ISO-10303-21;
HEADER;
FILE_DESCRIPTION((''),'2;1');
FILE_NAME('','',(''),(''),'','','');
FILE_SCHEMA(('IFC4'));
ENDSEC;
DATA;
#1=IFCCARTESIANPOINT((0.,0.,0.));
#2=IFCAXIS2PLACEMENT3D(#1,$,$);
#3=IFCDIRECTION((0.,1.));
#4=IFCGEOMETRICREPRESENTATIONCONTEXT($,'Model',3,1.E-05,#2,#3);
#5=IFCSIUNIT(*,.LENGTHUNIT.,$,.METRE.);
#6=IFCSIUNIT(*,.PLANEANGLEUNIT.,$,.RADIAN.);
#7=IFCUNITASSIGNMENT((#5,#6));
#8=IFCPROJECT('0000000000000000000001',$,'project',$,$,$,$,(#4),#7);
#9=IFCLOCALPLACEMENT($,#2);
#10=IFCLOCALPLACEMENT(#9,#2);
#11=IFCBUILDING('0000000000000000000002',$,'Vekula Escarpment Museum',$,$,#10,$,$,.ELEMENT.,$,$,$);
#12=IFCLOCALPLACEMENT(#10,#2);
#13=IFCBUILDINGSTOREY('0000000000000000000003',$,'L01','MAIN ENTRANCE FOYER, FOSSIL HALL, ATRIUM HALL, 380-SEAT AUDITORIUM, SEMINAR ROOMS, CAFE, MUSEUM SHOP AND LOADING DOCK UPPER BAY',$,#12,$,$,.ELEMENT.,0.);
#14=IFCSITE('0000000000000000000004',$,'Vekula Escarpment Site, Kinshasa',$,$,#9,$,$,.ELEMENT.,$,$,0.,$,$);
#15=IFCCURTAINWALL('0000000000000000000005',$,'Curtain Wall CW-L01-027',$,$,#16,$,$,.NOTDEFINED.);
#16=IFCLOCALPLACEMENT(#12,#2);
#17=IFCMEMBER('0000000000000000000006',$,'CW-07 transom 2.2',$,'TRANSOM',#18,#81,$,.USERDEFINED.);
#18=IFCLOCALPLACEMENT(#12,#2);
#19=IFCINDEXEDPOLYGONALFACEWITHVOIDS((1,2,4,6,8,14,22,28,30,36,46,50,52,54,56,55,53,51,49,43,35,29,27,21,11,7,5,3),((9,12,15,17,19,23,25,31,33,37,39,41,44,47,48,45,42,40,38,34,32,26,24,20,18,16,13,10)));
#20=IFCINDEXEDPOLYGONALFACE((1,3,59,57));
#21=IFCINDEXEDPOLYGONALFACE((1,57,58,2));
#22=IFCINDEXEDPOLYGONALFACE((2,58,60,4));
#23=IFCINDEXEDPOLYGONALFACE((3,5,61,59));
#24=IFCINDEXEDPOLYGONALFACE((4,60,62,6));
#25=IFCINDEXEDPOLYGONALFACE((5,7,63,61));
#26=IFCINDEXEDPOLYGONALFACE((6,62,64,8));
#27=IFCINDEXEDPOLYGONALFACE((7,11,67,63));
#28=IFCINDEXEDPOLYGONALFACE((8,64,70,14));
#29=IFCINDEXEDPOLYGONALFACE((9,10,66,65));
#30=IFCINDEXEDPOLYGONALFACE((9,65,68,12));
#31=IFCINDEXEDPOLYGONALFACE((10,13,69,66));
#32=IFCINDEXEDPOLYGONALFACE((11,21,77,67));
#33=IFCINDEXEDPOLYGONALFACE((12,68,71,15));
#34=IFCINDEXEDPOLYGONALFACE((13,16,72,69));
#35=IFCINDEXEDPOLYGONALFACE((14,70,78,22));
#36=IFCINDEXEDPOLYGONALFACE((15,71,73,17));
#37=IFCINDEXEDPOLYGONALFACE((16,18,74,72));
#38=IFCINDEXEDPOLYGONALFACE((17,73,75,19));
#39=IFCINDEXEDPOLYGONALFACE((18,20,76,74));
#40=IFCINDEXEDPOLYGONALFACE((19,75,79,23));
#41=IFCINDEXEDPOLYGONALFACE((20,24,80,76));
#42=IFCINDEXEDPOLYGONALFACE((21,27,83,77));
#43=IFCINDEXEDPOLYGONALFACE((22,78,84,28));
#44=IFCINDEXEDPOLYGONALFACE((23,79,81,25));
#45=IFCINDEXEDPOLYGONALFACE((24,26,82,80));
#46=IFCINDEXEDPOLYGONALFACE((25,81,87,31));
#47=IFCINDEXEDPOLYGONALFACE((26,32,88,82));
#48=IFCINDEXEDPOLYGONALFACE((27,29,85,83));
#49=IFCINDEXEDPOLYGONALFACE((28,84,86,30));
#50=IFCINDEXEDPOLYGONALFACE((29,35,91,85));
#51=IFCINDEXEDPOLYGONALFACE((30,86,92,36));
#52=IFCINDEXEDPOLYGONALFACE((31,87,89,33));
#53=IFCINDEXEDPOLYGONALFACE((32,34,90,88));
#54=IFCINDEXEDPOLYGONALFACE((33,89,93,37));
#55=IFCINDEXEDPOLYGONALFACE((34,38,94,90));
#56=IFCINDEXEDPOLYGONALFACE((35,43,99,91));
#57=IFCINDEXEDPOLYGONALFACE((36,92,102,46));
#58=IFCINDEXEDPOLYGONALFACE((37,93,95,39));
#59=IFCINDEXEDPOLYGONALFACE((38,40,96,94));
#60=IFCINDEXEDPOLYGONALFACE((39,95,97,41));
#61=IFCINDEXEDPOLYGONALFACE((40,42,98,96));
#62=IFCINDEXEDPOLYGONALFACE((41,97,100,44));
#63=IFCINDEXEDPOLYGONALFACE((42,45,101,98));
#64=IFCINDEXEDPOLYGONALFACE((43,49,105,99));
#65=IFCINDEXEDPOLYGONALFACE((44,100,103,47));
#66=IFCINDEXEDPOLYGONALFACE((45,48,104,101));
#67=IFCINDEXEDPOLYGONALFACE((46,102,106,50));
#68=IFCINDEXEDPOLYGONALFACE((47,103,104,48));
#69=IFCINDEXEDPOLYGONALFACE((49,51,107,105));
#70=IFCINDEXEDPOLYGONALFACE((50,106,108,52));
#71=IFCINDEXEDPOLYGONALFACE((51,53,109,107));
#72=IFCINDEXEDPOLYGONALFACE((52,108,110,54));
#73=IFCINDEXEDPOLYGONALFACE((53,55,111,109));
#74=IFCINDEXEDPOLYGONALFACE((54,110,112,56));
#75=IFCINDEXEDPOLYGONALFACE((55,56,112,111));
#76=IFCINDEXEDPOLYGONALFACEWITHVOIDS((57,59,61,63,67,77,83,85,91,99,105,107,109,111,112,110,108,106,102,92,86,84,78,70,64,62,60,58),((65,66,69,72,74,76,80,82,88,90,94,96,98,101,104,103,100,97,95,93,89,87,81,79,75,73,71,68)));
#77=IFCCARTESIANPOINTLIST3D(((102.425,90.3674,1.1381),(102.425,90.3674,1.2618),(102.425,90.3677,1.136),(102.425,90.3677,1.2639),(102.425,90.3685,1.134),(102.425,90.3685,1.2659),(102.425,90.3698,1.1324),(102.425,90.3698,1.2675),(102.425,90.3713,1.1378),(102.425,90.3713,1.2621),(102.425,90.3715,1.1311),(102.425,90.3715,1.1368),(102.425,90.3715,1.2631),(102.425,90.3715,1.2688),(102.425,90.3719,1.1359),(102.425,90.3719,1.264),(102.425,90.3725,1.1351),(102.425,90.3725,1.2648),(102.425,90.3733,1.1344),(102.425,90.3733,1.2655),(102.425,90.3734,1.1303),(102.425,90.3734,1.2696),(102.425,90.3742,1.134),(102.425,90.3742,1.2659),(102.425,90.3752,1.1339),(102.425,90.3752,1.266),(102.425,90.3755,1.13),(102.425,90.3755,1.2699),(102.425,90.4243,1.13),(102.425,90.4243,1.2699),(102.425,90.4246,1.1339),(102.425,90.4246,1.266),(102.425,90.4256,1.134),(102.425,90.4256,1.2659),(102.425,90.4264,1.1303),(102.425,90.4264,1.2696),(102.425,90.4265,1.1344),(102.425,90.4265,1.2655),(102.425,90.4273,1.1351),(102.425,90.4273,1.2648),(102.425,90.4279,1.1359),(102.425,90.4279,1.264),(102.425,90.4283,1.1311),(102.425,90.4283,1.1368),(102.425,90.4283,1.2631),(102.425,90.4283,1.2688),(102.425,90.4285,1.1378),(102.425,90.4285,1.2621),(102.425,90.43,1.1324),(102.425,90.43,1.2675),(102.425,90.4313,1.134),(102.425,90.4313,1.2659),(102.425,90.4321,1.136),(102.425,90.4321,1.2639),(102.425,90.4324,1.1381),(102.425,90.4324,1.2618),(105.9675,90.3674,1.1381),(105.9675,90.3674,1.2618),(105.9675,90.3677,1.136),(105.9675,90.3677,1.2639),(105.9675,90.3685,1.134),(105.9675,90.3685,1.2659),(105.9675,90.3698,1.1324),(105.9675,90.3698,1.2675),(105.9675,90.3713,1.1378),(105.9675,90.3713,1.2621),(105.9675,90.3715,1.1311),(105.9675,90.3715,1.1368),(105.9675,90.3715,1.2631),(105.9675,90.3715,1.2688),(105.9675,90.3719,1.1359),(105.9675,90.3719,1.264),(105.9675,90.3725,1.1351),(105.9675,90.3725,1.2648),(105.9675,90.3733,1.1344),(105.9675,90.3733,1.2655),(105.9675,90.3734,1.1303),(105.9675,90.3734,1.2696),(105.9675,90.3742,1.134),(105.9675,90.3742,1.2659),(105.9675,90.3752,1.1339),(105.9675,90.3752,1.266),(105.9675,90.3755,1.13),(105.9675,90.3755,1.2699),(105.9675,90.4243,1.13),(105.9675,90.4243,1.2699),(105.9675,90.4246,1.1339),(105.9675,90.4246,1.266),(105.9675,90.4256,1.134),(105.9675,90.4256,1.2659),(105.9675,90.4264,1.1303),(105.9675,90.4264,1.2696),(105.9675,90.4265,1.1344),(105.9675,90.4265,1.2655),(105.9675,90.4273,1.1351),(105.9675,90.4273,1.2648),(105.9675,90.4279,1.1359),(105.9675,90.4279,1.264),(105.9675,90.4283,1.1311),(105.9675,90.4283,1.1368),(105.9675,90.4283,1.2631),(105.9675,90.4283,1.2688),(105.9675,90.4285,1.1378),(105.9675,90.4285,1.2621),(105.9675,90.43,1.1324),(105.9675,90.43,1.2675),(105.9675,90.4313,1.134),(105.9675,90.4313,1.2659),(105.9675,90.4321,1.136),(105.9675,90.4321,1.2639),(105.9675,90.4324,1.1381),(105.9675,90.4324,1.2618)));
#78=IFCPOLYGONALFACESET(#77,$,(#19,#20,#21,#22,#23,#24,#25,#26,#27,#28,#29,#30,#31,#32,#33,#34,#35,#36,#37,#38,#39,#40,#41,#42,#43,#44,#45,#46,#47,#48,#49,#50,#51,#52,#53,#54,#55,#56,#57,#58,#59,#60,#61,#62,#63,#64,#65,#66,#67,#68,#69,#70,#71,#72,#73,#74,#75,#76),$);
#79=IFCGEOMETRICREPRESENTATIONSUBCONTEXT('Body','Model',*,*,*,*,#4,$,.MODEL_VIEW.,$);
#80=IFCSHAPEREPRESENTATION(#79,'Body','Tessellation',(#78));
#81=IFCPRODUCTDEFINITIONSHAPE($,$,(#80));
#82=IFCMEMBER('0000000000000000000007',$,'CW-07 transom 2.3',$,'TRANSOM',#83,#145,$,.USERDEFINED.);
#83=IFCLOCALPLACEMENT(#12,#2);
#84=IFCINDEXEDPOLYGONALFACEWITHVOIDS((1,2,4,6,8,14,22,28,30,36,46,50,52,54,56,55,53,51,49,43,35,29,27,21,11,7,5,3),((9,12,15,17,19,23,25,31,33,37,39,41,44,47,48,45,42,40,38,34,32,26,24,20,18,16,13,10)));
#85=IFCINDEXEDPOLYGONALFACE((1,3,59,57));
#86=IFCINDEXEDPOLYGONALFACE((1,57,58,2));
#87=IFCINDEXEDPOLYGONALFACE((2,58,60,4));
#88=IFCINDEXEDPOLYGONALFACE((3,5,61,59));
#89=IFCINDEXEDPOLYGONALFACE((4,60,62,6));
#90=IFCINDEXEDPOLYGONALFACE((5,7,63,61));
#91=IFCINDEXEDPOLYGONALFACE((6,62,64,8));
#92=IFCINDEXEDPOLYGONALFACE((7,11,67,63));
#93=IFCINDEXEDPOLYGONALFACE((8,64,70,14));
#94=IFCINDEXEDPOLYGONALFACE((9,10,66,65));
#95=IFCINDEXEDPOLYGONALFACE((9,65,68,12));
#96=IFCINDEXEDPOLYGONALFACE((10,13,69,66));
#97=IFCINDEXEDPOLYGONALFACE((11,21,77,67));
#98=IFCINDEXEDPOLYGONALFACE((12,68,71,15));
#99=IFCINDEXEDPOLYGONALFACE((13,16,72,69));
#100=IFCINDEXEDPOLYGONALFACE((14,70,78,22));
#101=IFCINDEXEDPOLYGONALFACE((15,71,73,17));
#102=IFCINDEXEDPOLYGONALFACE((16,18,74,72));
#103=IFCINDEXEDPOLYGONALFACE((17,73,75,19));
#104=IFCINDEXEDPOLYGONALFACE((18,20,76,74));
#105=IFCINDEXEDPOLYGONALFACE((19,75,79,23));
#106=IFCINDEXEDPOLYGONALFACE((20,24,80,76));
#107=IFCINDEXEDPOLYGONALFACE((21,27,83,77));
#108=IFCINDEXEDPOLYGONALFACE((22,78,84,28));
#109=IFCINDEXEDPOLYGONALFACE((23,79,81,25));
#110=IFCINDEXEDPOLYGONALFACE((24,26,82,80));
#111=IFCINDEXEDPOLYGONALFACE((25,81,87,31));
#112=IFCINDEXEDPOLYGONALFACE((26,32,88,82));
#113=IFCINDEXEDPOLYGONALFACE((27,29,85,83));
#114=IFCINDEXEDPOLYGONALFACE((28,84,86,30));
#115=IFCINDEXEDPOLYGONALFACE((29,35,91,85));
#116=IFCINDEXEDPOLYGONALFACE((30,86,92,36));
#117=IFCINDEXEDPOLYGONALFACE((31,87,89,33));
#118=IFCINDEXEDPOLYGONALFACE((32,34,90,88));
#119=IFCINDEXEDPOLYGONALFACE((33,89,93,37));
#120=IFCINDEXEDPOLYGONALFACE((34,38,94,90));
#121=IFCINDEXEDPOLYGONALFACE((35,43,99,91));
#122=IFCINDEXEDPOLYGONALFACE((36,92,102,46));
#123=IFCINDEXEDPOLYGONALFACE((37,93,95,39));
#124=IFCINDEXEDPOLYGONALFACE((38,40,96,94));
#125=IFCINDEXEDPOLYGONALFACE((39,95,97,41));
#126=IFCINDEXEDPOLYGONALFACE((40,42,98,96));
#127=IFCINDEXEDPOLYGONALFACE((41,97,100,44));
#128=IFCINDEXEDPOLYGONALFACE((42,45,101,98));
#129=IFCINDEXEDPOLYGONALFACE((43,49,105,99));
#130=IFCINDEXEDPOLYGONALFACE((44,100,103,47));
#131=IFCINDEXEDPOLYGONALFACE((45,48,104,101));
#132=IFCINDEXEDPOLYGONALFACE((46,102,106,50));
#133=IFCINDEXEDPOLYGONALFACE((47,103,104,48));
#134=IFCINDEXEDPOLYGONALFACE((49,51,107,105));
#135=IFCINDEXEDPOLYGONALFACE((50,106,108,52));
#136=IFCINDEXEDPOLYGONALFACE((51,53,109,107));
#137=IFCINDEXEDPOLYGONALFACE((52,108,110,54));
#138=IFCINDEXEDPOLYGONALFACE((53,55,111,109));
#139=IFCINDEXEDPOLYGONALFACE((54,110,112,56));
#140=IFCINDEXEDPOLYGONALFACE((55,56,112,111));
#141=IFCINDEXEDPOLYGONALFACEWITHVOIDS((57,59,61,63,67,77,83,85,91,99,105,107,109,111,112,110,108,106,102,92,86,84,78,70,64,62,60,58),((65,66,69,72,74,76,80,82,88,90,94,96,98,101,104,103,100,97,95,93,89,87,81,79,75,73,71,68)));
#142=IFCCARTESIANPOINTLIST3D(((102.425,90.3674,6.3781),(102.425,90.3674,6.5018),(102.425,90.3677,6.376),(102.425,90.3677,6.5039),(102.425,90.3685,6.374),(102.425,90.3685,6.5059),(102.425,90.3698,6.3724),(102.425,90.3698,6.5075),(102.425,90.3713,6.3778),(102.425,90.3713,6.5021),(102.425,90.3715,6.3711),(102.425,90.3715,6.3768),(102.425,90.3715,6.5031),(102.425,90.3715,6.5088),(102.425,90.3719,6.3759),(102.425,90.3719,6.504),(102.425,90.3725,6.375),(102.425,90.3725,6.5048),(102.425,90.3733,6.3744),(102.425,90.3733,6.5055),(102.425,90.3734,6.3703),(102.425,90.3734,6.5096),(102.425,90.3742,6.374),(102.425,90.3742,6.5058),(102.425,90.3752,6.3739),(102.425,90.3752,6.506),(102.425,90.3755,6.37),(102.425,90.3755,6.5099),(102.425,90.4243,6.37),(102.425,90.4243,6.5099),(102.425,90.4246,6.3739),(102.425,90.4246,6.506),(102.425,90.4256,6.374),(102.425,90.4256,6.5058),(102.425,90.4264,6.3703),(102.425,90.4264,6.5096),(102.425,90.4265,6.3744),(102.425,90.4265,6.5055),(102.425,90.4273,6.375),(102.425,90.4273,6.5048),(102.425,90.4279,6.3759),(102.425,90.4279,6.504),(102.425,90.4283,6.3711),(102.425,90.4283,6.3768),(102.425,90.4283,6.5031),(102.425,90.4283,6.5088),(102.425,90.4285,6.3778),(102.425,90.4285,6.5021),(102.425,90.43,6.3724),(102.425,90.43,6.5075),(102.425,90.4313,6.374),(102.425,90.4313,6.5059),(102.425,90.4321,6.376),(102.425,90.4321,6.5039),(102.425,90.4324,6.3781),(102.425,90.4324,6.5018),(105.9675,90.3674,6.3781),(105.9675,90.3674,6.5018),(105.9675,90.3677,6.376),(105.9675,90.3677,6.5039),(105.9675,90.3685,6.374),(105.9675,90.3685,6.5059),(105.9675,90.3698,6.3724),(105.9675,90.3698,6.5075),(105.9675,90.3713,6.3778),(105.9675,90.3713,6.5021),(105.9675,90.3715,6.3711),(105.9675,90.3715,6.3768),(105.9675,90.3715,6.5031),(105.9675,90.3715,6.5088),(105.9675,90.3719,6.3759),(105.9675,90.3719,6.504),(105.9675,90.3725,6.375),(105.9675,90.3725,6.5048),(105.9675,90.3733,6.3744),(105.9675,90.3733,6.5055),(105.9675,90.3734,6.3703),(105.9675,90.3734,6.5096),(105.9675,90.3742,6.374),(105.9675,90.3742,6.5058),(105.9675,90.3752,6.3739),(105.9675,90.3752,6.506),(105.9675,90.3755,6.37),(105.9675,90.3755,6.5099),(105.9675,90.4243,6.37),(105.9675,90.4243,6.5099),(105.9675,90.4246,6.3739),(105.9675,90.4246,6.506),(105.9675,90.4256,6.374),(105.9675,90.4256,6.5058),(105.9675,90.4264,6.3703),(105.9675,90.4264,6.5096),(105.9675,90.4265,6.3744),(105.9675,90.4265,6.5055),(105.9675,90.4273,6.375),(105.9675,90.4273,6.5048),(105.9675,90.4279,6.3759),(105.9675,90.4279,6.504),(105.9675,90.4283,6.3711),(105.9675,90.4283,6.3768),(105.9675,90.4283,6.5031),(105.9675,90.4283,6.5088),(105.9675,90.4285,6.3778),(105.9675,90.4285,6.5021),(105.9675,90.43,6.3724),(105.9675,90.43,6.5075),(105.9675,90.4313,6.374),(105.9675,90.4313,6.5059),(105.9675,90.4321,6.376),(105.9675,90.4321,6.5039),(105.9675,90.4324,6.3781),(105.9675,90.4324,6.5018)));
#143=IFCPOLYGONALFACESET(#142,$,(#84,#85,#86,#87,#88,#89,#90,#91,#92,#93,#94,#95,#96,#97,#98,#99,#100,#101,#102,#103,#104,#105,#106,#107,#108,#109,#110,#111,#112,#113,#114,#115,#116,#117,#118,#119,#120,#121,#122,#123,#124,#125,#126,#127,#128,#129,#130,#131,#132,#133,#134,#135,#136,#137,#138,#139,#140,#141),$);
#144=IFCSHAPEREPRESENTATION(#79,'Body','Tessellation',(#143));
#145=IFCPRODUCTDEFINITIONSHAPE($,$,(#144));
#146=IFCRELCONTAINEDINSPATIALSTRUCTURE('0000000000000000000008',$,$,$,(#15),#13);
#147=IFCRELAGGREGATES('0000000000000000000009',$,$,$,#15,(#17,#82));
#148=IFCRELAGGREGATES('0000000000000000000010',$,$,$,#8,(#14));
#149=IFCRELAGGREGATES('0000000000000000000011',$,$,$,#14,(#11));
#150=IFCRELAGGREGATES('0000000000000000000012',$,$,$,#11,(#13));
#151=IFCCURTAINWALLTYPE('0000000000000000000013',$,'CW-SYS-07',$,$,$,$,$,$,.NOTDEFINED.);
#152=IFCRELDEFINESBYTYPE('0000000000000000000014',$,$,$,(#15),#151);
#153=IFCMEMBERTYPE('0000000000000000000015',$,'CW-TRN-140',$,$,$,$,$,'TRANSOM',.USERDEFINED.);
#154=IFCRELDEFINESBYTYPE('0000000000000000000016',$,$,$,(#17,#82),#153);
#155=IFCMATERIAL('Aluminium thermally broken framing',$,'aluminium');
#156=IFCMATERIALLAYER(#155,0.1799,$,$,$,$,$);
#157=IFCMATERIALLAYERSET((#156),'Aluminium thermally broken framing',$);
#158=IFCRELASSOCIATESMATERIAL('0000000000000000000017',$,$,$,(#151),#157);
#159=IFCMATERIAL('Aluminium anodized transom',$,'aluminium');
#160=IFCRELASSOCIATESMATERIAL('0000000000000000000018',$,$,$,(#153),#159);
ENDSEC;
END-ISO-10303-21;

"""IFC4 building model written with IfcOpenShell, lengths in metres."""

from ifc_helpers import new_model, si_unit, direction, frame, origin, origin_2d, place, context, subcontext, project, spatial, hollow_rectangle, extrude, material, layer, layer_set, material_profile, profile_set, type_object, element, aggregate, save


model = new_model("IFC4")

# Units and contexts
model_context = context("Model", 3, precision=1e-05, world=origin(), true_north=direction((0.0, 1.0)))
body_context = subcontext(model_context, "Body", "Model", "MODEL_VIEW")
ifc_project = project(units=[si_unit("LENGTHUNIT", "METRE"), si_unit("PLANEANGLEUNIT", "RADIAN")], contexts=[model_context])

# Site, building, storey
site_placement = place(None, origin())
site = spatial("IfcSite", under=ifc_project, at=site_placement, Name="Vekula Escarpment Site, Kinshasa", CompositionType="ELEMENT", RefElevation=0.0)
building_placement = place(site_placement, origin())
building = spatial("IfcBuilding", under=site, at=building_placement, Name="Vekula Escarpment Museum", CompositionType="ELEMENT")
storey_placement = place(building_placement, origin())
storey = spatial("IfcBuildingStorey", under=building, at=storey_placement, Name="L01", Description="MAIN ENTRANCE FOYER, FOSSIL HALL, ATRIUM HALL, 380-SEAT AUDITORIUM, SEMINAR ROOMS, CAFE, MUSEUM SHOP AND LOADING DOCK UPPER BAY", CompositionType="ELEMENT", Elevation=0.0)

# Curtain wall
ifc_material_1 = material(Name="Aluminium thermally broken framing", Category="aluminium")
ifc_layer_1 = layer(ifc_material_1, 0.1799)
ifc_layer_set_1 = layer_set([ifc_layer_1], Name="Aluminium thermally broken framing")
curtain_wall_type_1 = type_object("IfcCurtainWallType", Name="CW-SYS-07", PredefinedType="NOTDEFINED", material=ifc_layer_set_1)
curtain_wall_1_placement = place(storey_placement, origin())
curtain_wall_1 = element("IfcCurtainWall", 1, at=curtain_wall_1_placement, inside=storey, type_object=curtain_wall_type_1, Name="Curtain Wall CW-L01-027", PredefinedType="NOTDEFINED")

# Members
ifc_material_2 = material(Name="Aluminium anodized transom", Category="aluminium")
ifc_material_profile_1 = material_profile(ifc_material_2, hollow_rectangle(XDim=0.0649, YDim=0.1399, WallThickness=0.0039, InnerFilletRadius=0.0039, OuterFilletRadius=0.0081, at=origin_2d()), Name="ALU 140x65x4")
ifc_profile_set_1 = profile_set([ifc_material_profile_1], Name="Aluminium anodized transom")
member_type_1 = type_object("IfcMemberType", Name="CW-TRN-140", ElementType="TRANSOM", PredefinedType="USERDEFINED", material=ifc_profile_set_1)
member_1_placement = place(storey_placement, frame((105.9675, 90.3999, 1.2), z_axis=(-1.0, 0.0, 0.0), x_axis=(0.0, -1.0, 0.0)))
member_1 = element("IfcMember", 2, at=member_1_placement, type_object=member_type_1, Name="CW-07 transom 2.2", ObjectType="TRANSOM", PredefinedType="USERDEFINED", context=body_context, shape_type="SweptSolid", body=[
    extrude(hollow_rectangle(XDim=0.0649, YDim=0.1399, WallThickness=0.0039, InnerFilletRadius=0.0039, OuterFilletRadius=0.0081, at=origin_2d()), origin(), (0.0, 0.0, 1.0), 3.5425),
])
member_2_placement = place(storey_placement, frame((105.9675, 90.3999, 6.4399), z_axis=(-1.0, 0.0, 0.0), x_axis=(0.0, -1.0, 0.0)))
member_2 = element("IfcMember", 3, at=member_2_placement, type_object=member_type_1, Name="CW-07 transom 2.3", ObjectType="TRANSOM", PredefinedType="USERDEFINED", context=body_context, shape_type="SweptSolid", body=[
    extrude(hollow_rectangle(XDim=0.0649, YDim=0.1399, WallThickness=0.0039, InnerFilletRadius=0.0039, OuterFilletRadius=0.0081, at=origin_2d()), origin(), (0.0, 0.0, 1.0), 3.5425),
])

aggregate(curtain_wall_1, [member_1, member_2])

save(model, "model.ifc")
